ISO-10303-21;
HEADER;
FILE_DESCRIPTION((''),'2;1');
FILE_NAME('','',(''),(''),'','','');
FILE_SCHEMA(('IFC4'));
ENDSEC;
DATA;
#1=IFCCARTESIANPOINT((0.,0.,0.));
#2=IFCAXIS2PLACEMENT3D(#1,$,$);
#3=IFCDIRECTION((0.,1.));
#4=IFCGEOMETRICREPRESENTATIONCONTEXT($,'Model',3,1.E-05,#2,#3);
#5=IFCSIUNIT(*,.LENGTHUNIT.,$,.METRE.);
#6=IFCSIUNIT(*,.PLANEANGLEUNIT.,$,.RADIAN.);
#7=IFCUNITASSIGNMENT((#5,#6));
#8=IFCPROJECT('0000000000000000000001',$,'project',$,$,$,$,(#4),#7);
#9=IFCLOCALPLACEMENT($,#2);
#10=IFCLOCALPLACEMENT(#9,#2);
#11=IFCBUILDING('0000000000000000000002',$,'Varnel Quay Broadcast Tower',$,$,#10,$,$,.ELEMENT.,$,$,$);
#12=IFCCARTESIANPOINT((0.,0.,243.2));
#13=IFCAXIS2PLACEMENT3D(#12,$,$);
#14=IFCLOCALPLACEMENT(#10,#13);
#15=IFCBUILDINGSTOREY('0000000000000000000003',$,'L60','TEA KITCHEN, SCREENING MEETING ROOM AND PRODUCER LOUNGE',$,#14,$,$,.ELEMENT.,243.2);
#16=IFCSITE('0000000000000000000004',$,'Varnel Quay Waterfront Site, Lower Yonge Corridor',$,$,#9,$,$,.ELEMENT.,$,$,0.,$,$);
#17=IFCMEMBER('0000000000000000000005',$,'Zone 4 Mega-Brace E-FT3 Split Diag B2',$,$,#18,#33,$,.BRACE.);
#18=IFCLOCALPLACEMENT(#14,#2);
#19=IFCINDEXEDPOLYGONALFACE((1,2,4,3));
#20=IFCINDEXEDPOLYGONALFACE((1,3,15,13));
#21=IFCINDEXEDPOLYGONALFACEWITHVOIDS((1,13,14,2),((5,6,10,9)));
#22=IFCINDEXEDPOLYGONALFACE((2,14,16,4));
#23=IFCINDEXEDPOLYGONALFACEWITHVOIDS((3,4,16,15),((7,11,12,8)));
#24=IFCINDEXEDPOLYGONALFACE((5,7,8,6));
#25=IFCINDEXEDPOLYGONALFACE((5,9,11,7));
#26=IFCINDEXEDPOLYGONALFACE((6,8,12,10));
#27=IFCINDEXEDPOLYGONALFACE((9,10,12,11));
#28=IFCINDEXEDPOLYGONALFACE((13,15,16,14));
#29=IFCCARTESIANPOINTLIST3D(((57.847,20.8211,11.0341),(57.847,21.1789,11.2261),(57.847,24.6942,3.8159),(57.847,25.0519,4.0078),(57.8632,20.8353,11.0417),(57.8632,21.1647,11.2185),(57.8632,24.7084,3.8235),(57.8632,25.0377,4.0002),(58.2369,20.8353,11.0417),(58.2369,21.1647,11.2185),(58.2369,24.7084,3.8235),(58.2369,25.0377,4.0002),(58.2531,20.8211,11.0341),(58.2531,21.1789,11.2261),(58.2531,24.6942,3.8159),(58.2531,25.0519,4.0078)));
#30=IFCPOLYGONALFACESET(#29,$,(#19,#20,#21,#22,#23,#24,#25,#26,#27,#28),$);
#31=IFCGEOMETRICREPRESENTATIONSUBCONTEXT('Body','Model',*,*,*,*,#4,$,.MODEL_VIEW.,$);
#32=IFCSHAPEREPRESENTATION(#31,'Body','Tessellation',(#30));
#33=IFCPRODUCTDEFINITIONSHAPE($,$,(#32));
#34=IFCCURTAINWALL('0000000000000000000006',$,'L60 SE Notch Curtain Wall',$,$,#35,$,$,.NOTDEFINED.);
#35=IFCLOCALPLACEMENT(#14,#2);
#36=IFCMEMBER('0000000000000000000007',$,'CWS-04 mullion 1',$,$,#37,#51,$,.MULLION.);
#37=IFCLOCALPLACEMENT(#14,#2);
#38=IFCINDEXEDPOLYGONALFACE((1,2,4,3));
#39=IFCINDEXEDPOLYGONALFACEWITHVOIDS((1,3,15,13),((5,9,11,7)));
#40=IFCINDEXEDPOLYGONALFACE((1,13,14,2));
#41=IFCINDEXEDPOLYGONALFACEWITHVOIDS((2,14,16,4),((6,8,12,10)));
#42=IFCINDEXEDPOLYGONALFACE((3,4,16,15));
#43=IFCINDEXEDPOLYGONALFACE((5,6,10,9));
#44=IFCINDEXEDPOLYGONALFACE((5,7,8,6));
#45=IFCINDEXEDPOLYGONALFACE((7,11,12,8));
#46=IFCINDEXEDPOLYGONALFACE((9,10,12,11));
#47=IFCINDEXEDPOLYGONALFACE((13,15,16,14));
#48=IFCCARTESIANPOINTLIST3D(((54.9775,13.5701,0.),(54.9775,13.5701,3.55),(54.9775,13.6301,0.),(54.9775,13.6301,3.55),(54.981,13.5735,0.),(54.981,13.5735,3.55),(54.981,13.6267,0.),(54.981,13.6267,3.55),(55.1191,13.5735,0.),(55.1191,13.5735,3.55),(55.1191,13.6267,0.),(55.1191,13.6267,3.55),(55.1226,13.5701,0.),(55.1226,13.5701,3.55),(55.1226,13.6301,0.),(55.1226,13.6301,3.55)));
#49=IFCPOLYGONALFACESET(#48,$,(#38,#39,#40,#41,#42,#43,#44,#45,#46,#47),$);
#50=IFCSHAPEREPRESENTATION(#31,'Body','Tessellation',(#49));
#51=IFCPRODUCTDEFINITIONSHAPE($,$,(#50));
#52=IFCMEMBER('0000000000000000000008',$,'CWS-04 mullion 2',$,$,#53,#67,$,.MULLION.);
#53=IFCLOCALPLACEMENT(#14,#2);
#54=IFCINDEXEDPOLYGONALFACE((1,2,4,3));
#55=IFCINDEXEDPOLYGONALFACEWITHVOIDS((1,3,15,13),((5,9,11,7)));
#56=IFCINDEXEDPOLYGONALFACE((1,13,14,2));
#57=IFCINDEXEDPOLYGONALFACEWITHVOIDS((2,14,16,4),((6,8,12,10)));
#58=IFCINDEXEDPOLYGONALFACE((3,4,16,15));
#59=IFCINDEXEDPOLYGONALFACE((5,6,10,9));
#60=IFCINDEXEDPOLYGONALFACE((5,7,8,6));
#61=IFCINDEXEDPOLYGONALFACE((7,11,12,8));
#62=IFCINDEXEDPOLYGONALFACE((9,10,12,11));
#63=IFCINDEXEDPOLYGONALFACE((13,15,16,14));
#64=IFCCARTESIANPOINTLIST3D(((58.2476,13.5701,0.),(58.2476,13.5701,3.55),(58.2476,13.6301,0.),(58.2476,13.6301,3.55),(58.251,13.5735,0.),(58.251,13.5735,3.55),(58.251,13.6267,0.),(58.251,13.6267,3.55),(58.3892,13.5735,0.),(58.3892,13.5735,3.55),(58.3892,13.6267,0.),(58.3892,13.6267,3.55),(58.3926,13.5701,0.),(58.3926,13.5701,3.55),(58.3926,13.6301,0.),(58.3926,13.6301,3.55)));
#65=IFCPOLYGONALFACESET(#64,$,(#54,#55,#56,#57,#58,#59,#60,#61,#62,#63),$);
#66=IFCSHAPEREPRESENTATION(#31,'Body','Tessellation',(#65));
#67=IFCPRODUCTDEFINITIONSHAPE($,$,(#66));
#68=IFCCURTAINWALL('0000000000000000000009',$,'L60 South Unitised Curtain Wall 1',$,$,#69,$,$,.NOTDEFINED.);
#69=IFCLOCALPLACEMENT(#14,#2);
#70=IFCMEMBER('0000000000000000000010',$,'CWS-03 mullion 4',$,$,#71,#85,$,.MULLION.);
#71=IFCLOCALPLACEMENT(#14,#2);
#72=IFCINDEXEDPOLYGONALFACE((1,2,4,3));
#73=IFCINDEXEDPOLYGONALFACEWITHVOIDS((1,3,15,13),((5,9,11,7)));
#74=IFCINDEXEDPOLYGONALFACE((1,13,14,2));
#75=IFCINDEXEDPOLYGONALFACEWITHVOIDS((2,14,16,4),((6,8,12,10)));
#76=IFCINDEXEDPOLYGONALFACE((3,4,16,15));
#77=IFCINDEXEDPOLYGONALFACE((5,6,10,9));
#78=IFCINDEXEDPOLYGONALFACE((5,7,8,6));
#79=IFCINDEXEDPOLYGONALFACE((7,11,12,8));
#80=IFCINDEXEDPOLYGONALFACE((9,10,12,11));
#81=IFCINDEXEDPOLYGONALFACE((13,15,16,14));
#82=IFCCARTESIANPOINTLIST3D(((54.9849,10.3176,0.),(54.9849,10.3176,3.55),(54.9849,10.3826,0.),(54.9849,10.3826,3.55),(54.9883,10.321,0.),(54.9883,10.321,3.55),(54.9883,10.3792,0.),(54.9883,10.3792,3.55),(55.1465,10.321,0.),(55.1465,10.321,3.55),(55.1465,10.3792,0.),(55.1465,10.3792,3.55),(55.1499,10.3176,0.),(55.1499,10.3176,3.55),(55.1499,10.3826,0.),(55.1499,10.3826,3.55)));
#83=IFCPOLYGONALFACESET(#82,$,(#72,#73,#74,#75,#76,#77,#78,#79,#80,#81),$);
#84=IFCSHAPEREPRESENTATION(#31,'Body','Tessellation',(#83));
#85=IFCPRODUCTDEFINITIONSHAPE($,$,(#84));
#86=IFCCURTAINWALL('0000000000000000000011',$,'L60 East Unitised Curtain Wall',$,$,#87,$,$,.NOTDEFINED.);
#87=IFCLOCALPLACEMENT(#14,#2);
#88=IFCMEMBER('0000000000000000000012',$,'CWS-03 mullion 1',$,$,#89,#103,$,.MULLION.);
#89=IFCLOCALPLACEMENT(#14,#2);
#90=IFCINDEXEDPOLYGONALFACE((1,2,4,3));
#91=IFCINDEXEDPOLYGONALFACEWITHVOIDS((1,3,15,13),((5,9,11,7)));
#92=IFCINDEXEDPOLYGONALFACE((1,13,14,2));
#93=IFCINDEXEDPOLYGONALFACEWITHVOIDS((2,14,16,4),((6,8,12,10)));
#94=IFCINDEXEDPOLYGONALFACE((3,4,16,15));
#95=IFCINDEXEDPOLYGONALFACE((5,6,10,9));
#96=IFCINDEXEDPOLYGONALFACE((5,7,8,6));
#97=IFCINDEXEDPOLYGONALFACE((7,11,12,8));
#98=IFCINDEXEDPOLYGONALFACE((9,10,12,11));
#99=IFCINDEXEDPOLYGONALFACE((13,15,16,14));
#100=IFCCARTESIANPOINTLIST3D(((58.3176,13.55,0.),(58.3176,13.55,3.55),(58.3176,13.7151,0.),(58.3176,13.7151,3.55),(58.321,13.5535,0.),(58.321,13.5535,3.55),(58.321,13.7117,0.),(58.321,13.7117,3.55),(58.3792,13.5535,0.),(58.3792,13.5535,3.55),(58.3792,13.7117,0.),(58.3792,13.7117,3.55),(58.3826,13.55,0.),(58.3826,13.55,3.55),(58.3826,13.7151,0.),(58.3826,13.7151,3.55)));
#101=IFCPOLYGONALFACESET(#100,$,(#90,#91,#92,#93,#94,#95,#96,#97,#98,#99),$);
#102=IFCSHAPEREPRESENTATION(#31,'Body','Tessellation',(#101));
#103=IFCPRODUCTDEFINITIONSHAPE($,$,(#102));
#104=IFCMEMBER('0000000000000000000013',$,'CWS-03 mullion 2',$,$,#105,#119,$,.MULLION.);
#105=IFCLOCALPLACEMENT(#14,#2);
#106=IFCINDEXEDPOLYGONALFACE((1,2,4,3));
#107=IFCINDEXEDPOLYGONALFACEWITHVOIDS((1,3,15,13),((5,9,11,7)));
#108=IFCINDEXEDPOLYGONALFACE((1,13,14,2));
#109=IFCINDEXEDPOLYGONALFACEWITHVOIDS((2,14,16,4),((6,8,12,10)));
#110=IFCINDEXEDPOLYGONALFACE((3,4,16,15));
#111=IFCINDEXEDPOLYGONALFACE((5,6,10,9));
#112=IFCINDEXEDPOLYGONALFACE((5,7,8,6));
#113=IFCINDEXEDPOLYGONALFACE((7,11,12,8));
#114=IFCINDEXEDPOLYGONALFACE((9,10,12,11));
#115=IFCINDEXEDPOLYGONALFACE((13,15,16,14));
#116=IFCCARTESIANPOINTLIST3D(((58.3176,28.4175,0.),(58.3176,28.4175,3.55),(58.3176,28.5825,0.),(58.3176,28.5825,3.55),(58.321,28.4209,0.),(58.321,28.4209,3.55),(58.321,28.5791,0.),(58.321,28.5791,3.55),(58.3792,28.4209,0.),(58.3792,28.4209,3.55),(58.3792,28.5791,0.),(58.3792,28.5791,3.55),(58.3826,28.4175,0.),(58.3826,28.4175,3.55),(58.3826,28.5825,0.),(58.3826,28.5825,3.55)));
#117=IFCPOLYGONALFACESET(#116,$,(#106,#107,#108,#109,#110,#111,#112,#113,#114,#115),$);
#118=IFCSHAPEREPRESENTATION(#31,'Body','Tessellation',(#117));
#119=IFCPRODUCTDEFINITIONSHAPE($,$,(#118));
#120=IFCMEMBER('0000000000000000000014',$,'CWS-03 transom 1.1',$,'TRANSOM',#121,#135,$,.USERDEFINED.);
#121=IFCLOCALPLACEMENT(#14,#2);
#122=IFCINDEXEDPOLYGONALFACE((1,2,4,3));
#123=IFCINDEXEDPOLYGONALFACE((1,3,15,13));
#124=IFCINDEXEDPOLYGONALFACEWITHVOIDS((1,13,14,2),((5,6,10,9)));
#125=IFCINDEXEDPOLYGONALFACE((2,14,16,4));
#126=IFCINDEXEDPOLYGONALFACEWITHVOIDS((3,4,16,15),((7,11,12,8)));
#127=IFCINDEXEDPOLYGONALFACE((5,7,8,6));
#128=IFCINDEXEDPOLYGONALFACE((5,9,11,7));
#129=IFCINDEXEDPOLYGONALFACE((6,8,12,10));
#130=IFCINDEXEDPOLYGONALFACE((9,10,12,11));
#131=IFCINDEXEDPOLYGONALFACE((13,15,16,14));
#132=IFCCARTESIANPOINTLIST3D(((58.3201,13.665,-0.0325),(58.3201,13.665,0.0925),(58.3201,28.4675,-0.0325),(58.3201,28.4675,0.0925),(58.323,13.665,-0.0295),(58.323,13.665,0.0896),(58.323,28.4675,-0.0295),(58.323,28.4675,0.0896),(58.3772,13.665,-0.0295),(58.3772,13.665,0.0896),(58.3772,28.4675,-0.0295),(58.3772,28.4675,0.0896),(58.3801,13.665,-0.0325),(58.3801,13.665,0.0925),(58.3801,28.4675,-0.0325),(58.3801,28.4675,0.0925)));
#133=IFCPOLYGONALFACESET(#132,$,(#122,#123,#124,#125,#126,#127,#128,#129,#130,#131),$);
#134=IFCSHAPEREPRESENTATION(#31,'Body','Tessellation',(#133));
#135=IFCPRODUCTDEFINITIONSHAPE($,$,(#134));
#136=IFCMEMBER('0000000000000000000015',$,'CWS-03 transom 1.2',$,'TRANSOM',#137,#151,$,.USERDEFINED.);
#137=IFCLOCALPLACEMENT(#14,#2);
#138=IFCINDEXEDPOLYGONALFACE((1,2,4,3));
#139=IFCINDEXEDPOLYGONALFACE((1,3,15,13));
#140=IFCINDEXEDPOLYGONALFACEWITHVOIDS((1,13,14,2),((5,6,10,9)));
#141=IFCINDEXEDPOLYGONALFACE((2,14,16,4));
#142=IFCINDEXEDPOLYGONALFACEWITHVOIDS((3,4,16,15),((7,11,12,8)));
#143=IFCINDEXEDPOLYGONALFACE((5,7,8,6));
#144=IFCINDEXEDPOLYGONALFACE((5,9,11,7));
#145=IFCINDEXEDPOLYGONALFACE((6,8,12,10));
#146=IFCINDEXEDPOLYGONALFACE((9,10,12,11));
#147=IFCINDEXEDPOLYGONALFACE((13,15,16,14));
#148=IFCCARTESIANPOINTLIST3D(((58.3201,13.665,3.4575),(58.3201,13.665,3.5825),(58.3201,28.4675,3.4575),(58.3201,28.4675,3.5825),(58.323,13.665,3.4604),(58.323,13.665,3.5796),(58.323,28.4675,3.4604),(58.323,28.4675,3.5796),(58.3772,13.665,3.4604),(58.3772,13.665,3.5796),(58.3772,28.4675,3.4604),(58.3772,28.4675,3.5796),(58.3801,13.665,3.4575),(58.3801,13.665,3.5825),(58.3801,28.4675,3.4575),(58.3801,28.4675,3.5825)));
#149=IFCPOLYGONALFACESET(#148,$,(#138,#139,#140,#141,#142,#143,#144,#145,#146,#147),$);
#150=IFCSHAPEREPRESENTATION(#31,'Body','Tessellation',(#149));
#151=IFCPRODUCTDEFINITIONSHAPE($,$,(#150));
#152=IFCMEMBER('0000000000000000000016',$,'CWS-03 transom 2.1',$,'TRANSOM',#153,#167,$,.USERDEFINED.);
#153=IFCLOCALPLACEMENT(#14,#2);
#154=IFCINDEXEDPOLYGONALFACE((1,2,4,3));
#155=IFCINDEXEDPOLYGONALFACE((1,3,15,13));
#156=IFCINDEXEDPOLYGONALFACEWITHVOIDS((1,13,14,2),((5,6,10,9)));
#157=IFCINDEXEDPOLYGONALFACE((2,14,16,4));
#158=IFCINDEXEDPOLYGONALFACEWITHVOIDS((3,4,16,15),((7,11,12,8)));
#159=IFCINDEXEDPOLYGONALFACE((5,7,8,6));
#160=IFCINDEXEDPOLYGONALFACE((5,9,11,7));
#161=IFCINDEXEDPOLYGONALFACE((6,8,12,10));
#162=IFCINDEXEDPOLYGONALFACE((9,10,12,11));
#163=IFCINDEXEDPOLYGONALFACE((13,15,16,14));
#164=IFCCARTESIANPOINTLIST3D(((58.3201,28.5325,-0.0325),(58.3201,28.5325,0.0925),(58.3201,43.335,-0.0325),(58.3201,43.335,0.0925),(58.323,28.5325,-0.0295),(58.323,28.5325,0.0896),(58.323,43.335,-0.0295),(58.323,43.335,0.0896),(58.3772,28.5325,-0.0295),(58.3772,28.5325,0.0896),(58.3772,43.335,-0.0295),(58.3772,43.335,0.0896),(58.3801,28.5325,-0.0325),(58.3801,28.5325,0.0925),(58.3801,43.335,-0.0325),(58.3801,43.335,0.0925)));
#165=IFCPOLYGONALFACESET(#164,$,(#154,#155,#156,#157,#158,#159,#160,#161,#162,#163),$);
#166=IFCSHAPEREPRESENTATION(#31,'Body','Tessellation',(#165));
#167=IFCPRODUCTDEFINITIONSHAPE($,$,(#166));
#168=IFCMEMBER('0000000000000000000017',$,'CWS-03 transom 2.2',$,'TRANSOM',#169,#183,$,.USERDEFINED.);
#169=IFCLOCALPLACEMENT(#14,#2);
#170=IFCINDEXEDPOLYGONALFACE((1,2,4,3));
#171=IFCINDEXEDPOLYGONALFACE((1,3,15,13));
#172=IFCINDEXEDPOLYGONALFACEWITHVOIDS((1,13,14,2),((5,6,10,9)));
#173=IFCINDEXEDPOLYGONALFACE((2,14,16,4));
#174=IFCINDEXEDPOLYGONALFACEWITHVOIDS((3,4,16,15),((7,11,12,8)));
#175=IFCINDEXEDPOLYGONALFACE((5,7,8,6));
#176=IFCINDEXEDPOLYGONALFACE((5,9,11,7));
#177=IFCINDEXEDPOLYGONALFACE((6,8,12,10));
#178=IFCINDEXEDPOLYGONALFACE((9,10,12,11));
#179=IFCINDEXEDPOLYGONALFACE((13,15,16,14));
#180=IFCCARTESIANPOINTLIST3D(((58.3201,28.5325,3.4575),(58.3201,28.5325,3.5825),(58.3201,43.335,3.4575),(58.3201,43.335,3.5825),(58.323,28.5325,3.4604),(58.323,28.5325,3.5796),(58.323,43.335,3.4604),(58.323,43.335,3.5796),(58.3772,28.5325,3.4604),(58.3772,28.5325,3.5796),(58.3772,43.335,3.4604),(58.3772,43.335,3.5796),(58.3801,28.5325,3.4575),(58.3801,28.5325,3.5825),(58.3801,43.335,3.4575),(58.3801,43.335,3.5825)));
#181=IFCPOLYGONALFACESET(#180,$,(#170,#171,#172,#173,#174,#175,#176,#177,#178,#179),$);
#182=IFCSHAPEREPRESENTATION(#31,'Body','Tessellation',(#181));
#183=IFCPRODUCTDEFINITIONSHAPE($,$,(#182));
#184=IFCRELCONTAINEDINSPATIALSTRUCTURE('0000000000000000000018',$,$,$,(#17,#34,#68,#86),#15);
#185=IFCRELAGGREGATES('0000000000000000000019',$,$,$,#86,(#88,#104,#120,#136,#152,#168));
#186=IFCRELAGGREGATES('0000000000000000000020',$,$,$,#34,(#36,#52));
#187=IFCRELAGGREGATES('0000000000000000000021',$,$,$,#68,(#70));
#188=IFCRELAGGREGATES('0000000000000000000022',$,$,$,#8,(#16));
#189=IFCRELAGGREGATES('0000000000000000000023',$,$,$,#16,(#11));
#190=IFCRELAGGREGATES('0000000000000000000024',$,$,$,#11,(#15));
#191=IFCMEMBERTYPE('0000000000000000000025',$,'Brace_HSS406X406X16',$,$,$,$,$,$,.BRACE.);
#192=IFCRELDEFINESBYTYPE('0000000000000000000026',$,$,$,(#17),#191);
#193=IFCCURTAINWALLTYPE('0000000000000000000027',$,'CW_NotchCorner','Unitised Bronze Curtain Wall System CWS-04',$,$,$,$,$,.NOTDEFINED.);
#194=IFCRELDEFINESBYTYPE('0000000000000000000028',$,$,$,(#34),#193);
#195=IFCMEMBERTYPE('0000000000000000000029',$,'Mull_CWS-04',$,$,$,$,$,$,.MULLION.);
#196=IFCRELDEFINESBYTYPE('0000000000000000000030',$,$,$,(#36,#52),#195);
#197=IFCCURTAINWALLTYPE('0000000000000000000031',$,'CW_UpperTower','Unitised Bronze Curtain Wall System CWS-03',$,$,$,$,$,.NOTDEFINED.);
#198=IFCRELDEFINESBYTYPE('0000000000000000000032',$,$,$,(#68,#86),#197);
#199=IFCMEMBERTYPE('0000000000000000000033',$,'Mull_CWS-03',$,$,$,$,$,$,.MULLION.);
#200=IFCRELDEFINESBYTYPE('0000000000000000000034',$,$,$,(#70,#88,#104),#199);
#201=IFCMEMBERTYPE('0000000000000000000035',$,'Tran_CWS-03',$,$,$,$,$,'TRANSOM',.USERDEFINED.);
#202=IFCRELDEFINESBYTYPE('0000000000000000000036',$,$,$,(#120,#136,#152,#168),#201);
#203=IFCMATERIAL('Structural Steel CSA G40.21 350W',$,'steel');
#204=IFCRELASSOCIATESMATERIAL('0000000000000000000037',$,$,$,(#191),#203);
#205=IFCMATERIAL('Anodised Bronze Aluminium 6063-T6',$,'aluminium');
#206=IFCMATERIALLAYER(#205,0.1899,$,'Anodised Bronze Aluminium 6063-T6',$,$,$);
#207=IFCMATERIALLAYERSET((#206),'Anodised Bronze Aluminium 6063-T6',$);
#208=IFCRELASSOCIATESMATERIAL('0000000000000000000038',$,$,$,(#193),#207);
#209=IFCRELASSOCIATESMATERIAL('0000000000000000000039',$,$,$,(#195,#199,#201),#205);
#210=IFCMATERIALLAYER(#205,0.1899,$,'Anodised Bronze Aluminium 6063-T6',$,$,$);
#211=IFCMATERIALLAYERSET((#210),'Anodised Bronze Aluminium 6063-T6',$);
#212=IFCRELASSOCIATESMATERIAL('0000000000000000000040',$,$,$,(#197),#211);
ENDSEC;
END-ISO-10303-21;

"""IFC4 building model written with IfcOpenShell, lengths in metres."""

from ifc_helpers import new_model, si_unit, direction, frame, origin, origin_2d, place, context, subcontext, project, spatial, hollow_rectangle, extrude, source, transform, mapped, material, layer, layer_set, material_profile, profile_set, type_object, type_shapes, element, aggregate, save


model = new_model("IFC4")

# Units and contexts
model_context = context("Model", 3, precision=1e-05, world=origin(), true_north=direction((0.0, 1.0)))
body_context = subcontext(model_context, "Body", "Model", "MODEL_VIEW")
ifc_project = project(units=[si_unit("LENGTHUNIT", "METRE"), si_unit("PLANEANGLEUNIT", "RADIAN")], contexts=[model_context])

# Site, building, storey
site_placement = place(None, origin())
site = spatial("IfcSite", under=ifc_project, at=site_placement, Name="Varnel Quay Waterfront Site, Lower Yonge Corridor", CompositionType="ELEMENT", RefElevation=0.0)
building_placement = place(site_placement, origin())
building = spatial("IfcBuilding", under=site, at=building_placement, Name="Varnel Quay Broadcast Tower", CompositionType="ELEMENT")
storey_placement = place(building_placement, frame((0.0, 0.0, 243.2)))
storey = spatial("IfcBuildingStorey", under=building, at=storey_placement, Name="L60", Description="TEA KITCHEN, SCREENING MEETING ROOM AND PRODUCER LOUNGE", CompositionType="ELEMENT", Elevation=243.2)

# Shared definitions
ifc_material_1 = material(Name="Structural Steel CSA G40.21 350W", Category="steel")

# Member
ifc_material_profile_1 = material_profile(ifc_material_1, hollow_rectangle(XDim=0.406, YDim=0.406, WallThickness=0.0161, at=origin_2d()), Name="HSS406X406X16")
ifc_profile_set_1 = profile_set([ifc_material_profile_1], Name="Structural Steel CSA G40.21 350W")
member_type_1 = type_object("IfcMemberType", Name="Brace_HSS406X406X16", PredefinedType="BRACE", material=ifc_profile_set_1)
shared_shape_1 = source(origin(), body_context, "Body", "SweptSolid", [
    extrude(hollow_rectangle(XDim=0.406, YDim=0.406, WallThickness=0.0161, at=origin_2d()), origin(), (0.0, 0.0, 1.0), 8.1917),
])
type_shapes(member_type_1, [shared_shape_1])
member_1_placement = place(storey_placement, frame((58.05, 24.873, 3.9119), z_axis=(0.0, -0.472802, 0.881169), x_axis=(1.0, 0.0, 0.0)))
element("IfcMember", 1, at=member_1_placement, inside=storey, type_object=member_type_1, Name="Zone 4 Mega-Brace E-FT3 Split Diag B2", PredefinedType="BRACE", context=body_context, shape_type="MappedRepresentation", body=[
    mapped(shared_shape_1, transform((0.0, 0.0, 0.0), x_axis=(1.0, 0.0, 0.0), y_axis=(0.0, 1.0, 0.0), z_axis=(0.0, 0.0, 1.0), scale=1.0)),
])

# Curtain wall, members
ifc_material_2 = material(Name="Anodised Bronze Aluminium 6063-T6", Category="aluminium")
ifc_layer_1 = layer(ifc_material_2, 0.1899, Name="Anodised Bronze Aluminium 6063-T6")
ifc_layer_set_1 = layer_set([ifc_layer_1], Name="Anodised Bronze Aluminium 6063-T6")
curtain_wall_type_1 = type_object("IfcCurtainWallType", Name="CW_NotchCorner", Description="Unitised Bronze Curtain Wall System CWS-04", PredefinedType="NOTDEFINED", material=ifc_layer_set_1)
curtain_wall_1_placement = place(storey_placement, origin())
curtain_wall_1 = element("IfcCurtainWall", 2, at=curtain_wall_1_placement, inside=storey, type_object=curtain_wall_type_1, Name="L60 SE Notch Curtain Wall", PredefinedType="NOTDEFINED")
ifc_material_profile_2 = material_profile(ifc_material_2, hollow_rectangle(XDim=0.0601, YDim=0.145, WallThickness=0.0034, at=origin_2d()), Name="ALU60X145X3.5")
ifc_profile_set_2 = profile_set([ifc_material_profile_2], Name="Anodised Bronze Aluminium 6063-T6")
member_type_2 = type_object("IfcMemberType", Name="Mull_CWS-04", PredefinedType="MULLION", material=ifc_profile_set_2)
shared_shape_2 = source(origin(), body_context, "Body", "SweptSolid", [
    extrude(hollow_rectangle(XDim=0.0601, YDim=0.145, WallThickness=0.0034, at=origin_2d()), origin(), (0.0, 0.0, 1.0), 3.55),
])
type_shapes(member_type_2, [shared_shape_2])
member_2_placement = place(storey_placement, frame((55.05, 13.6001, 0.0), z_axis=(0.0, 0.0, 1.0), x_axis=(0.0, 1.0, 0.0)))
member_2 = element("IfcMember", 3, at=member_2_placement, type_object=member_type_2, Name="CWS-04 mullion 1", PredefinedType="MULLION", context=body_context, shape_type="MappedRepresentation", body=[
    mapped(shared_shape_2, transform((0.0, 0.0, 0.0), x_axis=(1.0, 0.0, 0.0), y_axis=(0.0, 1.0, 0.0), z_axis=(0.0, 0.0, 1.0), scale=1.0)),
])
member_3_placement = place(storey_placement, frame((58.3201, 13.6001, 0.0), z_axis=(0.0, 0.0, 1.0), x_axis=(0.0, 1.0, 0.0)))
member_3 = element("IfcMember", 4, at=member_3_placement, type_object=member_type_2, Name="CWS-04 mullion 2", PredefinedType="MULLION", context=body_context, shape_type="MappedRepresentation", body=[
    mapped(shared_shape_2, transform((0.0, 0.0, 0.0), x_axis=(1.0, 0.0, 0.0), y_axis=(0.0, 1.0, 0.0), z_axis=(0.0, 0.0, 1.0), scale=1.0)),
])

# Curtain wall, member
ifc_layer_2 = layer(ifc_material_2, 0.1899, Name="Anodised Bronze Aluminium 6063-T6")
ifc_layer_set_2 = layer_set([ifc_layer_2], Name="Anodised Bronze Aluminium 6063-T6")
curtain_wall_type_2 = type_object("IfcCurtainWallType", Name="CW_UpperTower", Description="Unitised Bronze Curtain Wall System CWS-03", PredefinedType="NOTDEFINED", material=ifc_layer_set_2)
curtain_wall_2_placement = place(storey_placement, origin())
curtain_wall_2 = element("IfcCurtainWall", 5, at=curtain_wall_2_placement, inside=storey, type_object=curtain_wall_type_2, Name="L60 South Unitised Curtain Wall 1", PredefinedType="NOTDEFINED")
ifc_material_profile_3 = material_profile(ifc_material_2, hollow_rectangle(XDim=0.0649, YDim=0.165, WallThickness=0.0034, at=origin_2d()), Name="ALU65X165X3.5")
ifc_profile_set_3 = profile_set([ifc_material_profile_3], Name="Anodised Bronze Aluminium 6063-T6")
member_type_3 = type_object("IfcMemberType", Name="Mull_CWS-03", PredefinedType="MULLION", material=ifc_profile_set_3)
shared_shape_3 = source(origin(), body_context, "Body", "SweptSolid", [
    extrude(hollow_rectangle(XDim=0.0649, YDim=0.165, WallThickness=0.0034, at=origin_2d()), origin(), (0.0, 0.0, 1.0), 3.55),
])
type_shapes(member_type_3, [shared_shape_3])
member_4_placement = place(storey_placement, frame((55.0674, 10.3501, 0.0), z_axis=(0.0, 0.0, 1.0), x_axis=(0.0, 1.0, 0.0)))
member_4 = element("IfcMember", 6, at=member_4_placement, type_object=member_type_3, Name="CWS-03 mullion 4", PredefinedType="MULLION", context=body_context, shape_type="MappedRepresentation", body=[
    mapped(shared_shape_3, transform((0.0, 0.0, 0.0), x_axis=(1.0, 0.0, 0.0), y_axis=(0.0, 1.0, 0.0), z_axis=(0.0, 0.0, 1.0), scale=1.0)),
])

# Curtain wall, members
curtain_wall_3_placement = place(storey_placement, origin())
curtain_wall_3 = element("IfcCurtainWall", 7, at=curtain_wall_3_placement, inside=storey, type_object=curtain_wall_type_2, Name="L60 East Unitised Curtain Wall", PredefinedType="NOTDEFINED")
member_5_placement = place(storey_placement, frame((58.3501, 13.6326, 0.0), z_axis=(0.0, 0.0, 1.0), x_axis=(-1.0, 0.0, 0.0)))
member_5 = element("IfcMember", 8, at=member_5_placement, type_object=member_type_3, Name="CWS-03 mullion 1", PredefinedType="MULLION", context=body_context, shape_type="MappedRepresentation", body=[
    mapped(shared_shape_3, transform((0.0, 0.0, 0.0), x_axis=(1.0, 0.0, 0.0), y_axis=(0.0, 1.0, 0.0), z_axis=(0.0, 0.0, 1.0), scale=1.0)),
])
member_6_placement = place(storey_placement, frame((58.3501, 28.5, 0.0), z_axis=(0.0, 0.0, 1.0), x_axis=(-1.0, 0.0, 0.0)))
member_6 = element("IfcMember", 9, at=member_6_placement, type_object=member_type_3, Name="CWS-03 mullion 2", PredefinedType="MULLION", context=body_context, shape_type="MappedRepresentation", body=[
    mapped(shared_shape_3, transform((0.0, 0.0, 0.0), x_axis=(1.0, 0.0, 0.0), y_axis=(0.0, 1.0, 0.0), z_axis=(0.0, 0.0, 1.0), scale=1.0)),
])
ifc_material_profile_4 = material_profile(ifc_material_2, hollow_rectangle(XDim=0.0601, YDim=0.125, WallThickness=0.0029, at=origin_2d()), Name="ALU60X125X3")
ifc_profile_set_4 = profile_set([ifc_material_profile_4], Name="Anodised Bronze Aluminium 6063-T6")
member_type_4 = type_object("IfcMemberType", Name="Tran_CWS-03", ElementType="TRANSOM", PredefinedType="USERDEFINED", material=ifc_profile_set_4)
shared_shape_4 = source(origin(), body_context, "Body", "SweptSolid", [
    extrude(hollow_rectangle(XDim=0.0601, YDim=0.125, WallThickness=0.0029, at=origin_2d()), origin(), (0.0, 0.0, 1.0), 14.8025),
])
type_shapes(member_type_4, [shared_shape_4])
member_7_placement = place(storey_placement, frame((58.3501, 13.665, 0.03), z_axis=(0.0, 1.0, 0.0), x_axis=(-1.0, 0.0, 0.0)))
member_7 = element("IfcMember", 10, at=member_7_placement, type_object=member_type_4, Name="CWS-03 transom 1.1", ObjectType="TRANSOM", PredefinedType="USERDEFINED", context=body_context, shape_type="MappedRepresentation", body=[
    mapped(shared_shape_4, transform((0.0, 0.0, 0.0), x_axis=(1.0, 0.0, 0.0), y_axis=(0.0, 1.0, 0.0), z_axis=(0.0, 0.0, 1.0), scale=1.0)),
])
member_8_placement = place(storey_placement, frame((58.3501, 13.665, 3.52), z_axis=(0.0, 1.0, 0.0), x_axis=(-1.0, 0.0, 0.0)))
member_8 = element("IfcMember", 11, at=member_8_placement, type_object=member_type_4, Name="CWS-03 transom 1.2", ObjectType="TRANSOM", PredefinedType="USERDEFINED", context=body_context, shape_type="MappedRepresentation", body=[
    mapped(shared_shape_4, transform((0.0, 0.0, 0.0), x_axis=(1.0, 0.0, 0.0), y_axis=(0.0, 1.0, 0.0), z_axis=(0.0, 0.0, 1.0), scale=1.0)),
])
member_9_placement = place(storey_placement, frame((58.3501, 28.5325, 0.03), z_axis=(0.0, 1.0, 0.0), x_axis=(-1.0, 0.0, 0.0)))
member_9 = element("IfcMember", 12, at=member_9_placement, type_object=member_type_4, Name="CWS-03 transom 2.1", ObjectType="TRANSOM", PredefinedType="USERDEFINED", context=body_context, shape_type="MappedRepresentation", body=[
    mapped(shared_shape_4, transform((0.0, 0.0, 0.0), x_axis=(1.0, 0.0, 0.0), y_axis=(0.0, 1.0, 0.0), z_axis=(0.0, 0.0, 1.0), scale=1.0)),
])
member_10_placement = place(storey_placement, frame((58.3501, 28.5325, 3.52), z_axis=(0.0, 1.0, 0.0), x_axis=(-1.0, 0.0, 0.0)))
member_10 = element("IfcMember", 13, at=member_10_placement, type_object=member_type_4, Name="CWS-03 transom 2.2", ObjectType="TRANSOM", PredefinedType="USERDEFINED", context=body_context, shape_type="MappedRepresentation", body=[
    mapped(shared_shape_4, transform((0.0, 0.0, 0.0), x_axis=(1.0, 0.0, 0.0), y_axis=(0.0, 1.0, 0.0), z_axis=(0.0, 0.0, 1.0), scale=1.0)),
])

aggregate(curtain_wall_3, [member_5, member_6, member_7, member_8, member_9, member_10])
aggregate(curtain_wall_1, [member_2, member_3])
aggregate(curtain_wall_2, [member_4])

save(model, "model.ifc")
